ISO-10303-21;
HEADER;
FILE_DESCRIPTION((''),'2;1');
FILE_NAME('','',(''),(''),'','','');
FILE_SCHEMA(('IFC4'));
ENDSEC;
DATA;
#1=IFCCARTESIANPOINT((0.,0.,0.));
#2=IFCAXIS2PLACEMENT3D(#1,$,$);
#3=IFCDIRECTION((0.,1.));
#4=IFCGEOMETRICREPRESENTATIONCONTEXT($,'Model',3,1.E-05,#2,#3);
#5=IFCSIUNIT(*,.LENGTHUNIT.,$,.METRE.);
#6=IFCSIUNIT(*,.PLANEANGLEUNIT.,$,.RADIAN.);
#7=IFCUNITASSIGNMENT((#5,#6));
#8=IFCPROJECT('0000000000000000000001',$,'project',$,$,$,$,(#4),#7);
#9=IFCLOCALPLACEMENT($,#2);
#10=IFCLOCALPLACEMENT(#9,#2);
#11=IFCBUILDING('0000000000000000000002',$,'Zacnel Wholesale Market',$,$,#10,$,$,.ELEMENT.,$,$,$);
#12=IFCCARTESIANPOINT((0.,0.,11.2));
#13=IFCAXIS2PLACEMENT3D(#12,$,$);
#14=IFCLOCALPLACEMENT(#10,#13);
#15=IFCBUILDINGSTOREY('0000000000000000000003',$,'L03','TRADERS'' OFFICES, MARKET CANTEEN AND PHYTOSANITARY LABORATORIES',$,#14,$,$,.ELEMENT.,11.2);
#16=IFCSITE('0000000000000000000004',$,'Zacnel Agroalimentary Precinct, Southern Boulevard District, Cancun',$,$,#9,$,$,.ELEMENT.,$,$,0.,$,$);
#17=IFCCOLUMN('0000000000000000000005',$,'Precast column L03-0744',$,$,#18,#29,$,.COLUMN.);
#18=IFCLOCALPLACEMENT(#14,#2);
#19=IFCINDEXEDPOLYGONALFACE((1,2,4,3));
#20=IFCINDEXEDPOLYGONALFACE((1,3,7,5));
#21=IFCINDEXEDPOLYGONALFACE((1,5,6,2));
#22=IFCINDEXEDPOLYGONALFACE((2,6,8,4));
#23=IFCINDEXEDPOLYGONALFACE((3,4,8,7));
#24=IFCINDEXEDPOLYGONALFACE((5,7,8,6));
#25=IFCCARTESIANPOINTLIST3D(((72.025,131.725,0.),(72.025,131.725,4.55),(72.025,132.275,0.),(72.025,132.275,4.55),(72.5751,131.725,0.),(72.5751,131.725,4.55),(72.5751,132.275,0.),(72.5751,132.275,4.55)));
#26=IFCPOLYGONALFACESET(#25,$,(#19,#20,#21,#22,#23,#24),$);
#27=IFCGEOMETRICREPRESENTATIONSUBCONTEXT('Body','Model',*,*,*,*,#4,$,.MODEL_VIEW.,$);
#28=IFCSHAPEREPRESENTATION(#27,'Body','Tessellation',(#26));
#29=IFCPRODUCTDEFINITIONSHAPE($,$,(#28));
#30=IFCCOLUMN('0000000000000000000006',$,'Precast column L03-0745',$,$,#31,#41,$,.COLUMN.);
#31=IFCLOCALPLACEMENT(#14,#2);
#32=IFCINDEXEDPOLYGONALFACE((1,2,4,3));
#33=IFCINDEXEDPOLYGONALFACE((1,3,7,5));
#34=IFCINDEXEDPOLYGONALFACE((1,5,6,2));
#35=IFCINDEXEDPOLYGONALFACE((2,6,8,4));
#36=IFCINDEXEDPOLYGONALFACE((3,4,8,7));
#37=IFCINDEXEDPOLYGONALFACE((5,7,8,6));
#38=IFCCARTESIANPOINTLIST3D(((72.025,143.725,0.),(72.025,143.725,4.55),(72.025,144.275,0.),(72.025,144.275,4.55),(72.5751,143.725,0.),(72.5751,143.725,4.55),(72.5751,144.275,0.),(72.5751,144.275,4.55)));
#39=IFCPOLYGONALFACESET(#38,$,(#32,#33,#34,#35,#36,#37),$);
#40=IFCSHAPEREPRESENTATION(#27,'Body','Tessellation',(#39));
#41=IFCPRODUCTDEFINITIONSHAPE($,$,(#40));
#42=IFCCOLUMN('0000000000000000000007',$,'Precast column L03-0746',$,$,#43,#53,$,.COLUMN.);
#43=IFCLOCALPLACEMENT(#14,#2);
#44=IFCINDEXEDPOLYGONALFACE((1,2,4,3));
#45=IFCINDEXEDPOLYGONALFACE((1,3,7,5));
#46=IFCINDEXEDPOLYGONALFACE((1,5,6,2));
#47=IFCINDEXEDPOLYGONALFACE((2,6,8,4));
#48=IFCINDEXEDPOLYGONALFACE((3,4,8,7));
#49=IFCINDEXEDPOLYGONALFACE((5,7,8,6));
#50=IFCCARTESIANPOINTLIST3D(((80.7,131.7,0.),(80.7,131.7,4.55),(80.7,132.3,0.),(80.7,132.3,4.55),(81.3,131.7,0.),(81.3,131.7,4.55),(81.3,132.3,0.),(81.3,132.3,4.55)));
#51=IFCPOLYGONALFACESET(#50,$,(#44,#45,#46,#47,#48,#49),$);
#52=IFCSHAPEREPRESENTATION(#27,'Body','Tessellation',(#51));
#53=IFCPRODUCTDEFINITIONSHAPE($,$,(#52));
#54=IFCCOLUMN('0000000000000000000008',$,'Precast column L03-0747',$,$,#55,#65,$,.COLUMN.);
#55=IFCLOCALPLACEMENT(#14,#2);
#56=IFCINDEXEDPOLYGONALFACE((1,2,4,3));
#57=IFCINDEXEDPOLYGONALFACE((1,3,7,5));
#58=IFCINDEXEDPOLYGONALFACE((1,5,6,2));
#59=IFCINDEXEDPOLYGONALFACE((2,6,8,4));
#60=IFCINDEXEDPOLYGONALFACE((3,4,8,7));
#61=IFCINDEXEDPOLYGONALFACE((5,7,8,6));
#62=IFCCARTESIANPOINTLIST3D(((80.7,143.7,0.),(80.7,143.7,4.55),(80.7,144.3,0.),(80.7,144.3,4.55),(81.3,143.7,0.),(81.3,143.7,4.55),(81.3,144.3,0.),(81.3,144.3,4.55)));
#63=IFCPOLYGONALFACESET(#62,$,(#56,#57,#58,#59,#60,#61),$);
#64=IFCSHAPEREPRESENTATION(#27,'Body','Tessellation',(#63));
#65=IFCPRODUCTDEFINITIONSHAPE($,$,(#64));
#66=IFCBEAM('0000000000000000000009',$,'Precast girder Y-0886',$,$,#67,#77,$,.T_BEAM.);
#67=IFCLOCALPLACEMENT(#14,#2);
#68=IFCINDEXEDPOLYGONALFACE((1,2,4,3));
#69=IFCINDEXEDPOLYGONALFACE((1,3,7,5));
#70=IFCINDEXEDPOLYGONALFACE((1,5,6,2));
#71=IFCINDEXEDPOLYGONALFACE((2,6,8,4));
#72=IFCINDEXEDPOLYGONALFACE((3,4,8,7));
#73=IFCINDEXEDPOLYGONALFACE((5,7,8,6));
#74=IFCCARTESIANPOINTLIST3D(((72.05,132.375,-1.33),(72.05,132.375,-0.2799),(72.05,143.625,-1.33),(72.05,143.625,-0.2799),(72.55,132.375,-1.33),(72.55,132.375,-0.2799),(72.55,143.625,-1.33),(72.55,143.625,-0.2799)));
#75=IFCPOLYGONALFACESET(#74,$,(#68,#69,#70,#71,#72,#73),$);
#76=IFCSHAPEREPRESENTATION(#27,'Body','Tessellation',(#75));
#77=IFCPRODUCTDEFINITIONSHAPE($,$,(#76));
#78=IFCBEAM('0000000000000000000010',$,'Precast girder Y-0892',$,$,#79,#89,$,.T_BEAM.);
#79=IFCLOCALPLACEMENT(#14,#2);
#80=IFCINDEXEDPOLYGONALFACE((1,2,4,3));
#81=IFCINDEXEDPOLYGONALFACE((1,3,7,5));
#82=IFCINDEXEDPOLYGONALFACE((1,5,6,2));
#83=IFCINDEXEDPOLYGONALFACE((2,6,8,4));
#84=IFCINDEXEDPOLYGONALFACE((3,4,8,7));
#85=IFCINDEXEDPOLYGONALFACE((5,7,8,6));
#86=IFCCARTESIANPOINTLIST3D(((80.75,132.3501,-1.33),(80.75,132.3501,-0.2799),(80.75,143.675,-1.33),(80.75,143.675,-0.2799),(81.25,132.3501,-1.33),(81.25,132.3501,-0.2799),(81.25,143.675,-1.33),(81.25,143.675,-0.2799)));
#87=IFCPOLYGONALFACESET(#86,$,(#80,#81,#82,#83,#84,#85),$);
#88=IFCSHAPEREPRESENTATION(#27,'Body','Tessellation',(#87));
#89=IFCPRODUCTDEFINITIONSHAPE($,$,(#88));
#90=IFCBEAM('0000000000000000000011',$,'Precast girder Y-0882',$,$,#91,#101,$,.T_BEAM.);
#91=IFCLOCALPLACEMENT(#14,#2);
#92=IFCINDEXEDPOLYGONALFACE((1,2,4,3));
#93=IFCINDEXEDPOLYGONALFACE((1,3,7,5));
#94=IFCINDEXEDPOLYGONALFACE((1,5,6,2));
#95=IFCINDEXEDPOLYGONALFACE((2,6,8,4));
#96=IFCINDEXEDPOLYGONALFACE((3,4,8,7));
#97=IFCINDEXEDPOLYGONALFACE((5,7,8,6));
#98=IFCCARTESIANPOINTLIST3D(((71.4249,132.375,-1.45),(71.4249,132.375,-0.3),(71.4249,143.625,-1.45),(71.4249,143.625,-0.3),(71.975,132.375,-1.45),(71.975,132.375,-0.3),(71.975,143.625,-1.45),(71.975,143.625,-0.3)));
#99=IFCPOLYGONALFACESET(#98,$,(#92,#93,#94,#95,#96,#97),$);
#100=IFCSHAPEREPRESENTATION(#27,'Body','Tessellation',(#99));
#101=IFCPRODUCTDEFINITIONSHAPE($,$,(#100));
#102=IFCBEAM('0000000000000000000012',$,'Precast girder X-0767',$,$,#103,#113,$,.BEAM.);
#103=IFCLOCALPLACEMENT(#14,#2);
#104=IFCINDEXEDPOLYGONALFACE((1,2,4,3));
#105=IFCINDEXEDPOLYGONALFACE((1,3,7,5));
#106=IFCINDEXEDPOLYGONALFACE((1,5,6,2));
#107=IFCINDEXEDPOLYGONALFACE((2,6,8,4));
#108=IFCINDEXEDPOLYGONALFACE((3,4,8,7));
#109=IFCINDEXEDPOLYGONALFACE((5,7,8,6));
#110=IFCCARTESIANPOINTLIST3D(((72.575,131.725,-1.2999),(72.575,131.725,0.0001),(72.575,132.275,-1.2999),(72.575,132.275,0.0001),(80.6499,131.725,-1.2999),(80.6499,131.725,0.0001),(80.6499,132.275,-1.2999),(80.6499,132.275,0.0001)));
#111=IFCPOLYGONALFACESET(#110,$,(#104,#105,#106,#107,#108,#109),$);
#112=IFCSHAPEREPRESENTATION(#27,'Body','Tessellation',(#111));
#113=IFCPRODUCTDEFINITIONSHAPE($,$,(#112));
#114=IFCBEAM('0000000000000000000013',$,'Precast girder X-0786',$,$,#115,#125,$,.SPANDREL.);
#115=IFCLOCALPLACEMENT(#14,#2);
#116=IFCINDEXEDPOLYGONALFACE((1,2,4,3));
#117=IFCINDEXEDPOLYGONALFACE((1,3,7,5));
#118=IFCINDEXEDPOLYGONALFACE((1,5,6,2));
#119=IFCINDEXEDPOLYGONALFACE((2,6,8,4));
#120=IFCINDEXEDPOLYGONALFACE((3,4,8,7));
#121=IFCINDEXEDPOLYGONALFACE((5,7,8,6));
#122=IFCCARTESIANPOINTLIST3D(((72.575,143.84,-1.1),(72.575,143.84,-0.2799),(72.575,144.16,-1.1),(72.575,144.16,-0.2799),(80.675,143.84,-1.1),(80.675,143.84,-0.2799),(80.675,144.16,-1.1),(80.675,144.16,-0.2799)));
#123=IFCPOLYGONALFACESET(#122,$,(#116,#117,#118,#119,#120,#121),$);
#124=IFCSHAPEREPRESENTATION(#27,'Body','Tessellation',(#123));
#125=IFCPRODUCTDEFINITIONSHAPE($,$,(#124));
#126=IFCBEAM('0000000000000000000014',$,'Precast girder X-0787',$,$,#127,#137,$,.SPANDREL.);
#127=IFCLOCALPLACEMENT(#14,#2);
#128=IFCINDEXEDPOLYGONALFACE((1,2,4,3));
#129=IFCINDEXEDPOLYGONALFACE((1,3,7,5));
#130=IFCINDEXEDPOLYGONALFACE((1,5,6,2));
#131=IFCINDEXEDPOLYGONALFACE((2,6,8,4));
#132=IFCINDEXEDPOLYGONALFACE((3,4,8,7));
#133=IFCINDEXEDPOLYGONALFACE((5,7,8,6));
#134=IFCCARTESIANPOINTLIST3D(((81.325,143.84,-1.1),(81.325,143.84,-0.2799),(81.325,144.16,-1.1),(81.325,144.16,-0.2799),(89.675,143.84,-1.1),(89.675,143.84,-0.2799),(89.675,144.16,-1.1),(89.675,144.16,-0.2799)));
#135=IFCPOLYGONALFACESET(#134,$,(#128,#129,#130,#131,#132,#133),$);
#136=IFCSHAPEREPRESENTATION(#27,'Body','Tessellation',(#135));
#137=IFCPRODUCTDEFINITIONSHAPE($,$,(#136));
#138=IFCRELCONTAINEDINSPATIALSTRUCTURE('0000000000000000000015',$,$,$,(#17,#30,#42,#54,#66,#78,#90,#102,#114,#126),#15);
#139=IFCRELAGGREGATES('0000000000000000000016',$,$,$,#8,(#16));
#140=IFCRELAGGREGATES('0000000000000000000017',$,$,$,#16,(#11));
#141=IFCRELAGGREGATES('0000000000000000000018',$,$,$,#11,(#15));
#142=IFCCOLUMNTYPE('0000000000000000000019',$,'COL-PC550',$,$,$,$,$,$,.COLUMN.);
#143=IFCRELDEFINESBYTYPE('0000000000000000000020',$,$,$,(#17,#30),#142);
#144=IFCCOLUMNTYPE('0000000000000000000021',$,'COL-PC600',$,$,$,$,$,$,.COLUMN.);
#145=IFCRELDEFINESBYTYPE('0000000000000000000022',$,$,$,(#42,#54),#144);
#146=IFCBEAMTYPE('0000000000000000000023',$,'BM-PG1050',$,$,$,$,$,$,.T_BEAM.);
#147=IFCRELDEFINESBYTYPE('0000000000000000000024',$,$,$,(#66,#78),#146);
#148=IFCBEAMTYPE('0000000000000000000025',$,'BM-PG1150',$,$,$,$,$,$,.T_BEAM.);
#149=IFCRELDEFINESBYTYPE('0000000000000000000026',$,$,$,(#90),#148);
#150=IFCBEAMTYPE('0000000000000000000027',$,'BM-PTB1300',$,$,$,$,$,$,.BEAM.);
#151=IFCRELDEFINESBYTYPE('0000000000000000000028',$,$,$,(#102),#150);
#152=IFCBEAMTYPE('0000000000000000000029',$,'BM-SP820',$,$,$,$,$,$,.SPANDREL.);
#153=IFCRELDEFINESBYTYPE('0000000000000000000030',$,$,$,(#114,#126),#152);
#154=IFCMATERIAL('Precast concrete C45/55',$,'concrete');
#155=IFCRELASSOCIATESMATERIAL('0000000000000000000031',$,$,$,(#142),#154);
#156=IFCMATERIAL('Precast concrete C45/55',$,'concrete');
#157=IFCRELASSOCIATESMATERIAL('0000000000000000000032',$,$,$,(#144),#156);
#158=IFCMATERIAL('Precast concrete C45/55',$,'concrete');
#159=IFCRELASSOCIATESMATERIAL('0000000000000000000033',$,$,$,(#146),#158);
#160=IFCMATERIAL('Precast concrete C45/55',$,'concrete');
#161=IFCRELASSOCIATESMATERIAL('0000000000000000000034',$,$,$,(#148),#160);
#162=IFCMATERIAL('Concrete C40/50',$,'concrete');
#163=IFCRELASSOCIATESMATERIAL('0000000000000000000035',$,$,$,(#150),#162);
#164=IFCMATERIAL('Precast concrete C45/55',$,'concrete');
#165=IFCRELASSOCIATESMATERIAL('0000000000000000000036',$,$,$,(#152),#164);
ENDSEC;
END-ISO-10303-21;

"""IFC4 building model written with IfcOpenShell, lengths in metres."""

from ifc_helpers import new_model, si_unit, direction, frame, origin, origin_2d, place, context, subcontext, project, spatial, rectangle, extrude, material, material_profile, profile_set, type_object, element, save


model = new_model("IFC4")

# Units and contexts
model_context = context("Model", 3, precision=1e-05, world=origin(), true_north=direction((0.0, 1.0)))
body_context = subcontext(model_context, "Body", "Model", "MODEL_VIEW")
ifc_project = project(units=[si_unit("LENGTHUNIT", "METRE"), si_unit("PLANEANGLEUNIT", "RADIAN")], contexts=[model_context])

# Site, building, storey
site_placement = place(None, origin())
site = spatial("IfcSite", under=ifc_project, at=site_placement, Name="Zacnel Agroalimentary Precinct, Southern Boulevard District, Cancun", CompositionType="ELEMENT", RefElevation=0.0)
building_placement = place(site_placement, origin())
building = spatial("IfcBuilding", under=site, at=building_placement, Name="Zacnel Wholesale Market", CompositionType="ELEMENT")
storey_placement = place(building_placement, frame((0.0, 0.0, 11.2)))
storey = spatial("IfcBuildingStorey", under=building, at=storey_placement, Name="L03", Description="TRADERS' OFFICES, MARKET CANTEEN AND PHYTOSANITARY LABORATORIES", CompositionType="ELEMENT", Elevation=11.2)

# Columns
ifc_material_1 = material(Name="Precast concrete C45/55", Category="concrete")
ifc_material_profile_1 = material_profile(ifc_material_1, rectangle(XDim=0.55, YDim=0.55, at=origin_2d()), Name="PC 550x550")
ifc_profile_set_1 = profile_set([ifc_material_profile_1], Name="Precast concrete C45/55")
column_type_1 = type_object("IfcColumnType", Name="COL-PC550", PredefinedType="COLUMN", material=ifc_profile_set_1)
for number, where, z_axis, x_axis, name in (
    (1, (72.3, 132.0, 0.0), (0.0, 0.0, 1.0), (1.0, 0.0, 0.0), "Precast column L03-0744"),
    (2, (72.3, 144.0, 0.0), (0.0, 0.0, 1.0), (1.0, 0.0, 0.0), "Precast column L03-0745"),
):
    element("IfcColumn", number, at=place(storey_placement, frame(where, z_axis=z_axis, x_axis=x_axis)), inside=storey, type_object=column_type_1, Name=name, PredefinedType="COLUMN", context=body_context, shape_type="SweptSolid", body=[
        extrude(rectangle(XDim=0.55, YDim=0.55, at=origin_2d()), origin(), (0.0, 0.0, 1.0), 4.55),
    ])
ifc_material_2 = material(Name="Precast concrete C45/55", Category="concrete")
ifc_material_profile_2 = material_profile(ifc_material_2, rectangle(XDim=0.6001, YDim=0.6001, at=origin_2d()), Name="PC 600x600")
ifc_profile_set_2 = profile_set([ifc_material_profile_2], Name="Precast concrete C45/55")
column_type_2 = type_object("IfcColumnType", Name="COL-PC600", PredefinedType="COLUMN", material=ifc_profile_set_2)
for number, where, z_axis, x_axis, name in (
    (3, (81.0, 132.0, 0.0), (0.0, 0.0, 1.0), (1.0, 0.0, 0.0), "Precast column L03-0746"),
    (4, (81.0, 144.0, 0.0), (0.0, 0.0, 1.0), (1.0, 0.0, 0.0), "Precast column L03-0747"),
):
    element("IfcColumn", number, at=place(storey_placement, frame(where, z_axis=z_axis, x_axis=x_axis)), inside=storey, type_object=column_type_2, Name=name, PredefinedType="COLUMN", context=body_context, shape_type="SweptSolid", body=[
        extrude(rectangle(XDim=0.6001, YDim=0.6001, at=origin_2d()), origin(), (0.0, 0.0, 1.0), 4.55),
    ])

# Beams
ifc_material_3 = material(Name="Precast concrete C45/55", Category="concrete")
ifc_material_profile_3 = material_profile(ifc_material_3, rectangle(XDim=0.5, YDim=1.05, at=origin_2d()), Name="PG 500x1050")
ifc_profile_set_3 = profile_set([ifc_material_profile_3], Name="Precast concrete C45/55")
beam_type_1 = type_object("IfcBeamType", Name="BM-PG1050", PredefinedType="T_BEAM", material=ifc_profile_set_3)
beam_1_placement = place(storey_placement, frame((72.3, 132.375, -0.8049), z_axis=(0.0, 1.0, 0.0), x_axis=(-1.0, 0.0, 0.0)))
element("IfcBeam", 5, at=beam_1_placement, inside=storey, type_object=beam_type_1, Name="Precast girder Y-0886", PredefinedType="T_BEAM", context=body_context, shape_type="SweptSolid", body=[
    extrude(rectangle(XDim=0.5, YDim=1.05, at=origin_2d()), origin(), (0.0, 0.0, 1.0), 11.25),
])
beam_2_placement = place(storey_placement, frame((81.0, 132.3501, -0.8049), z_axis=(0.0, 1.0, 0.0), x_axis=(-1.0, 0.0, 0.0)))
element("IfcBeam", 6, at=beam_2_placement, inside=storey, type_object=beam_type_1, Name="Precast girder Y-0892", PredefinedType="T_BEAM", context=body_context, shape_type="SweptSolid", body=[
    extrude(rectangle(XDim=0.5, YDim=1.05, at=origin_2d()), origin(), (0.0, 0.0, 1.0), 11.325),
])
ifc_material_4 = material(Name="Precast concrete C45/55", Category="concrete")
ifc_material_profile_4 = material_profile(ifc_material_4, rectangle(XDim=0.55, YDim=1.1499, at=origin_2d()), Name="PG 550x1150")
ifc_profile_set_4 = profile_set([ifc_material_profile_4], Name="Precast concrete C45/55")
beam_type_2 = type_object("IfcBeamType", Name="BM-PG1150", PredefinedType="T_BEAM", material=ifc_profile_set_4)
beam_3_placement = place(storey_placement, frame((71.7, 132.375, -0.875), z_axis=(0.0, 1.0, 0.0), x_axis=(-1.0, 0.0, 0.0)))
element("IfcBeam", 7, at=beam_3_placement, inside=storey, type_object=beam_type_2, Name="Precast girder Y-0882", PredefinedType="T_BEAM", context=body_context, shape_type="SweptSolid", body=[
    extrude(rectangle(XDim=0.55, YDim=1.1499, at=origin_2d()), origin(), (0.0, 0.0, 1.0), 11.25),
])
ifc_material_5 = material(Name="Concrete C40/50", Category="concrete")
ifc_material_profile_5 = material_profile(ifc_material_5, rectangle(XDim=0.55, YDim=1.3, at=origin_2d()), Name="PTB 550x1300")
ifc_profile_set_5 = profile_set([ifc_material_profile_5], Name="Concrete C40/50")
beam_type_3 = type_object("IfcBeamType", Name="BM-PTB1300", PredefinedType="BEAM", material=ifc_profile_set_5)
beam_4_placement = place(storey_placement, frame((72.575, 132.0, -0.6499), z_axis=(1.0, 0.0, 0.0), x_axis=(0.0, 1.0, 0.0)))
element("IfcBeam", 8, at=beam_4_placement, inside=storey, type_object=beam_type_3, Name="Precast girder X-0767", PredefinedType="BEAM", context=body_context, shape_type="SweptSolid", body=[
    extrude(rectangle(XDim=0.55, YDim=1.3, at=origin_2d()), origin(), (0.0, 0.0, 1.0), 8.075),
])
ifc_material_6 = material(Name="Precast concrete C45/55", Category="concrete")
ifc_material_profile_6 = material_profile(ifc_material_6, rectangle(XDim=0.3201, YDim=0.8201, at=origin_2d()), Name="SP 320x820")
ifc_profile_set_6 = profile_set([ifc_material_profile_6], Name="Precast concrete C45/55")
beam_type_4 = type_object("IfcBeamType", Name="BM-SP820", PredefinedType="SPANDREL", material=ifc_profile_set_6)
beam_5_placement = place(storey_placement, frame((72.575, 144.0, -0.6899), z_axis=(1.0, 0.0, 0.0), x_axis=(0.0, 1.0, 0.0)))
element("IfcBeam", 9, at=beam_5_placement, inside=storey, type_object=beam_type_4, Name="Precast girder X-0786", PredefinedType="SPANDREL", context=body_context, shape_type="SweptSolid", body=[
    extrude(rectangle(XDim=0.3201, YDim=0.8201, at=origin_2d()), origin(), (0.0, 0.0, 1.0), 8.1001),
])
beam_6_placement = place(storey_placement, frame((81.325, 144.0, -0.6899), z_axis=(1.0, 0.0, 0.0), x_axis=(0.0, 1.0, 0.0)))
element("IfcBeam", 10, at=beam_6_placement, inside=storey, type_object=beam_type_4, Name="Precast girder X-0787", PredefinedType="SPANDREL", context=body_context, shape_type="SweptSolid", body=[
    extrude(rectangle(XDim=0.3201, YDim=0.8201, at=origin_2d()), origin(), (0.0, 0.0, 1.0), 8.3501),
])

save(model, "model.ifc")
